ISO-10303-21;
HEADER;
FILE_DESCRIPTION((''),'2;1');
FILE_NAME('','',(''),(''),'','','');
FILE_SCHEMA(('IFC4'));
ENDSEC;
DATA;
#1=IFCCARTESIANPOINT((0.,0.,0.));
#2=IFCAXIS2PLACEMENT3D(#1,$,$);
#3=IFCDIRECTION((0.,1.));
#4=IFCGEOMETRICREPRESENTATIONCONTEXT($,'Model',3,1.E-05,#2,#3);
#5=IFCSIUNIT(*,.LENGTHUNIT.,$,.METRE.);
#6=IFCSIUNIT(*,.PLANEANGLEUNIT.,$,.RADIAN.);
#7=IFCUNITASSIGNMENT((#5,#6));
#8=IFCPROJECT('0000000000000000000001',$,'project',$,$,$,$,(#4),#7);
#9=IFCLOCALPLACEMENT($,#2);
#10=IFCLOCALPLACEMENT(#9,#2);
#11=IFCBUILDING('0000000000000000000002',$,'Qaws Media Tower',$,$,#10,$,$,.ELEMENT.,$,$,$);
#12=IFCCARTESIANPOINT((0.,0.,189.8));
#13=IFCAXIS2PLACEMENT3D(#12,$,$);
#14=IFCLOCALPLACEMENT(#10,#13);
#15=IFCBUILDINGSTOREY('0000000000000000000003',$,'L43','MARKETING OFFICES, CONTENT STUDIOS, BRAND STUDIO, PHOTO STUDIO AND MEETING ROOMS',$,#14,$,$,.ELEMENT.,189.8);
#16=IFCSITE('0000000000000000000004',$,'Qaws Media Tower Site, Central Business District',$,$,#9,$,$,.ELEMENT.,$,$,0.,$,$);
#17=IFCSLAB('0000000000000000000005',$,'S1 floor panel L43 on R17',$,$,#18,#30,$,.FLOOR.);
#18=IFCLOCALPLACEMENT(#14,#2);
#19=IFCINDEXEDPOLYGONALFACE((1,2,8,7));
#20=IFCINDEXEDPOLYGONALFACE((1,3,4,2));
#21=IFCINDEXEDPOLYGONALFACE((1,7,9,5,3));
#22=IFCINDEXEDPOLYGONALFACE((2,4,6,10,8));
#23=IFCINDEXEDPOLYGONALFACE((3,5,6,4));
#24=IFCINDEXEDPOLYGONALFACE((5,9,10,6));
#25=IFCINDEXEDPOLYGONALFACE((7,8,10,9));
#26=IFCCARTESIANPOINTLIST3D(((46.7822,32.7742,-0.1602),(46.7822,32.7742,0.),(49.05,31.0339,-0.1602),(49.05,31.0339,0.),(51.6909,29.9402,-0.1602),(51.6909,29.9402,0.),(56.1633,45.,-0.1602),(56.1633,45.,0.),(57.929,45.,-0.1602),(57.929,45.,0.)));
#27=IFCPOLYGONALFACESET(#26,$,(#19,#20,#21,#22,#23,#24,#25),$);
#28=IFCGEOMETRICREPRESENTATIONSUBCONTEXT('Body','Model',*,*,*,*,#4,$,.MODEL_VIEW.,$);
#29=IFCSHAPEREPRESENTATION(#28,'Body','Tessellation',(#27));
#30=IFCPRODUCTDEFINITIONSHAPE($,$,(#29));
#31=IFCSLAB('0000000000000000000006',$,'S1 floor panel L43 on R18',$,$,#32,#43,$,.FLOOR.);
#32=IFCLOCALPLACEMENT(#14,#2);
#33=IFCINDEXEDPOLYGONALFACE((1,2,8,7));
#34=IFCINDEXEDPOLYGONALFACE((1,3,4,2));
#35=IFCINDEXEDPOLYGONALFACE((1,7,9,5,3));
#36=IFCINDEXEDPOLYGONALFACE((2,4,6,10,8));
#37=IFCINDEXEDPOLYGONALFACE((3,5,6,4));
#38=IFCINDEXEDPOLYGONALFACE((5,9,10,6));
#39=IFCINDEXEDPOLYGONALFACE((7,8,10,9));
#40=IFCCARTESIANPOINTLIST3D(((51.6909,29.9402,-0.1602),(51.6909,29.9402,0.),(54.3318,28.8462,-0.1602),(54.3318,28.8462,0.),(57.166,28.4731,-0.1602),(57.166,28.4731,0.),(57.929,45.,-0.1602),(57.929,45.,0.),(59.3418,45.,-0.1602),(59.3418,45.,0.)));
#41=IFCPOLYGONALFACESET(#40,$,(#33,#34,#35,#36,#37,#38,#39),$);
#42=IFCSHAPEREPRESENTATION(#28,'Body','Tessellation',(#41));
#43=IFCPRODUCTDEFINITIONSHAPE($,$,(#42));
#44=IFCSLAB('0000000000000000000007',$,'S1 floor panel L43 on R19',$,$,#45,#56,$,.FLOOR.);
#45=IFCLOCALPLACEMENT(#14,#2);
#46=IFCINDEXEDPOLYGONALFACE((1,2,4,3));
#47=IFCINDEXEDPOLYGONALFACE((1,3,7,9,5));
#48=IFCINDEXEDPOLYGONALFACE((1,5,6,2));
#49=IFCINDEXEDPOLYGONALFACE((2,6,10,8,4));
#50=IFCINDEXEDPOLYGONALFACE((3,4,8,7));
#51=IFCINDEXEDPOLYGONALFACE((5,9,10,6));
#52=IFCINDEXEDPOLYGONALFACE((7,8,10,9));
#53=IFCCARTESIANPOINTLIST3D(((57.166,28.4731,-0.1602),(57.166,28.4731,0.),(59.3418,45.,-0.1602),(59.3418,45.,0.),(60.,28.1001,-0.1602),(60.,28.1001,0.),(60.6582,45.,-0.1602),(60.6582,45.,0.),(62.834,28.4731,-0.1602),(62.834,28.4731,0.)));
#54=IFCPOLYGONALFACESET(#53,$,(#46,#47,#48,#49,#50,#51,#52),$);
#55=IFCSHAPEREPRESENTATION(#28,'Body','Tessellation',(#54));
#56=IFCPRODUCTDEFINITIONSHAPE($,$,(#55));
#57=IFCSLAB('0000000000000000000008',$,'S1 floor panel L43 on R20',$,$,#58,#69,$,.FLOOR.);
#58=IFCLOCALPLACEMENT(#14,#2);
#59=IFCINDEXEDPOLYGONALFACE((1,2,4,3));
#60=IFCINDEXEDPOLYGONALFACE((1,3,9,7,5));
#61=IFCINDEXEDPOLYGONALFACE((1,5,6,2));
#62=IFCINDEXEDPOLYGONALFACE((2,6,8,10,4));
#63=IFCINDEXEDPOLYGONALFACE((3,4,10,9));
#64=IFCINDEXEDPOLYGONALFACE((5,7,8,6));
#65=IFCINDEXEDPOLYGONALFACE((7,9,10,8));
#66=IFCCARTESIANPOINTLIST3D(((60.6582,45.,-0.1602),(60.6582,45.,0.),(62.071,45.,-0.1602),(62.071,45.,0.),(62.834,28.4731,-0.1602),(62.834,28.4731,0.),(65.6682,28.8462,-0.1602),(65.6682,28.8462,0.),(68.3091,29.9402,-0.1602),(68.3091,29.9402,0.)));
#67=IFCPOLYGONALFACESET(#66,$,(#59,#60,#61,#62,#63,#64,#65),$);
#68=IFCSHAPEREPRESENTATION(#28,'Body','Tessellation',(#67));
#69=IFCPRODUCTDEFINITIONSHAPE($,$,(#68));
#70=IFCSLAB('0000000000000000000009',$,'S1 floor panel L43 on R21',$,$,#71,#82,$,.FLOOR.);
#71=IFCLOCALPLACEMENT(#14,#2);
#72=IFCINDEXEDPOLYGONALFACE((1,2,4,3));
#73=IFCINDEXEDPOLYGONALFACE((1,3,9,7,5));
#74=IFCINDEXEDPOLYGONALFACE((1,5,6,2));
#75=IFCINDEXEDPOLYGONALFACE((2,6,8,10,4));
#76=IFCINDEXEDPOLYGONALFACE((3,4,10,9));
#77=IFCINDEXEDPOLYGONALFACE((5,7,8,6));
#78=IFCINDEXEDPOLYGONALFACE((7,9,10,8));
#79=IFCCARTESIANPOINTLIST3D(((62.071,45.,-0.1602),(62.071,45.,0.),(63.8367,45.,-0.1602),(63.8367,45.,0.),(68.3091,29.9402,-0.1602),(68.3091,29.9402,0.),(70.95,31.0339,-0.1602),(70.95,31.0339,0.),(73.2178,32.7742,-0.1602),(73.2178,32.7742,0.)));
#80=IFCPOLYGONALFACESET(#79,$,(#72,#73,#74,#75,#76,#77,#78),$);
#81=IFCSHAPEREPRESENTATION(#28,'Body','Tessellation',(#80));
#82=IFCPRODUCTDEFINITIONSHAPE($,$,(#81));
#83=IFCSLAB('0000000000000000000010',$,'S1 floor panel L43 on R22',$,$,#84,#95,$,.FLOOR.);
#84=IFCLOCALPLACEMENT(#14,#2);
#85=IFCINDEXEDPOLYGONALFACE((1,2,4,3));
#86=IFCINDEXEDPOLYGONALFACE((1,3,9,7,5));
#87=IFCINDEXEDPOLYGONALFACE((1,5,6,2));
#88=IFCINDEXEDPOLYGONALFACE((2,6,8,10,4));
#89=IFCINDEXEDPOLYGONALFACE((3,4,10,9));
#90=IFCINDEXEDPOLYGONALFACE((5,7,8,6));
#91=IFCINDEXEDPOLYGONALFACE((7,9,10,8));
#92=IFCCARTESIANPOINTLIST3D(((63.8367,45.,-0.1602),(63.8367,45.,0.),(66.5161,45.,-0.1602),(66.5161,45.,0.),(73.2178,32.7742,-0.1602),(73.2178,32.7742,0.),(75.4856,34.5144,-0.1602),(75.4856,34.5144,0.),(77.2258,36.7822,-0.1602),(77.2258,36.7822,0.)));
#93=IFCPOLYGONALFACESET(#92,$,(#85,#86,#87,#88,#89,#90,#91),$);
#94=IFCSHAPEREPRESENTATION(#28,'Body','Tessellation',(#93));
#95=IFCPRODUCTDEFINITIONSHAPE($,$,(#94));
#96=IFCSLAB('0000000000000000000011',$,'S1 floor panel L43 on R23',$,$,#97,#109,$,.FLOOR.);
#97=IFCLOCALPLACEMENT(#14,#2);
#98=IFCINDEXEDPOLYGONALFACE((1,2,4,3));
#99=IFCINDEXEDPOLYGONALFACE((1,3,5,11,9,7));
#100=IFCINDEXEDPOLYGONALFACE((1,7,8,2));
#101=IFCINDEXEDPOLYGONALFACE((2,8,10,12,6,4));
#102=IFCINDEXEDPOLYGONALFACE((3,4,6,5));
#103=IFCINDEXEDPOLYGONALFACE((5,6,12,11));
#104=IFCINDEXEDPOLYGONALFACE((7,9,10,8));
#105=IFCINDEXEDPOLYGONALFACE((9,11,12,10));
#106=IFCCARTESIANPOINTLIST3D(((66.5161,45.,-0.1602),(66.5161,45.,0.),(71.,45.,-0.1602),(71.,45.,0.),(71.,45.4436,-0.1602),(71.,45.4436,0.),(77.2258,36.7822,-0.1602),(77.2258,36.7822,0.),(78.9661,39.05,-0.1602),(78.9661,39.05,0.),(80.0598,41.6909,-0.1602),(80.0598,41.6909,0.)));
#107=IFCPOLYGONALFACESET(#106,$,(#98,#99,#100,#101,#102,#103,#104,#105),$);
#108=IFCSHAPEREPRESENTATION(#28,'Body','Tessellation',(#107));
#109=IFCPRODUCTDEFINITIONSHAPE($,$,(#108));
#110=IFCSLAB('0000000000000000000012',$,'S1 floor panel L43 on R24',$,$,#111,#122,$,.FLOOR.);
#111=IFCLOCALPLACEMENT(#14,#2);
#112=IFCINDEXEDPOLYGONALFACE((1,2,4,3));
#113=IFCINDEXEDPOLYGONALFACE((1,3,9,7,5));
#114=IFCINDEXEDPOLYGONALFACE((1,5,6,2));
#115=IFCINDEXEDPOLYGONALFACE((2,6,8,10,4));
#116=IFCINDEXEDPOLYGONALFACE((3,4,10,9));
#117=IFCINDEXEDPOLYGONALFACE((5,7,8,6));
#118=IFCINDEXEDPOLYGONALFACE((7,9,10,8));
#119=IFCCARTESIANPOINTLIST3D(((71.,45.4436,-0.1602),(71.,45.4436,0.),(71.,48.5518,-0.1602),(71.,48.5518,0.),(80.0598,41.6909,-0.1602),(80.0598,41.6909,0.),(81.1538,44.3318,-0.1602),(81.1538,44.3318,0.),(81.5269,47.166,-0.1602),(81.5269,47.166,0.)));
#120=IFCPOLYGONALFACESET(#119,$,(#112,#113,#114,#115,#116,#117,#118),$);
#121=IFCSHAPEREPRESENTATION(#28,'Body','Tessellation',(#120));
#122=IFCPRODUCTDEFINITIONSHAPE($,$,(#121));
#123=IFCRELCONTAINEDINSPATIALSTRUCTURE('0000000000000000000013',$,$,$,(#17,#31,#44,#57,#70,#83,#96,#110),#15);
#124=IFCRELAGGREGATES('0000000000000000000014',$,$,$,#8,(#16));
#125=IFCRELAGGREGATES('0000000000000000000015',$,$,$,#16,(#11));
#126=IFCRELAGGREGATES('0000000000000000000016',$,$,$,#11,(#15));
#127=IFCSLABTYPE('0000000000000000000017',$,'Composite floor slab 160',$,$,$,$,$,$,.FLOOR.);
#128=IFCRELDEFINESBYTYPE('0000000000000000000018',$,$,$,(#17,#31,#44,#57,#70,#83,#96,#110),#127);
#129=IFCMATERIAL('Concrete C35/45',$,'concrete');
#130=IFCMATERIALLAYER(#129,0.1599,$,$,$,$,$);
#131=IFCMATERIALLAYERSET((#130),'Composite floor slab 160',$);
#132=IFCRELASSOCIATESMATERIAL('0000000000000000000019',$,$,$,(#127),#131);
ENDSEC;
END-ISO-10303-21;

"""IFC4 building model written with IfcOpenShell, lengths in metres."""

from ifc_helpers import new_model, si_unit, direction, frame, origin, place, context, subcontext, project, spatial, polyline, outline, extrude, material, layer, layer_set, type_object, element, save


model = new_model("IFC4")

# Units and contexts
model_context = context("Model", 3, precision=1e-05, world=origin(), true_north=direction((0.0, 1.0)))
body_context = subcontext(model_context, "Body", "Model", "MODEL_VIEW")
ifc_project = project(units=[si_unit("LENGTHUNIT", "METRE"), si_unit("PLANEANGLEUNIT", "RADIAN")], contexts=[model_context])

# Site, building, storey
site_placement = place(None, origin())
site = spatial("IfcSite", under=ifc_project, at=site_placement, Name="Qaws Media Tower Site, Central Business District", CompositionType="ELEMENT", RefElevation=0.0)
building_placement = place(site_placement, origin())
building = spatial("IfcBuilding", under=site, at=building_placement, Name="Qaws Media Tower", CompositionType="ELEMENT")
storey_placement = place(building_placement, frame((0.0, 0.0, 189.8)))
storey = spatial("IfcBuildingStorey", under=building, at=storey_placement, Name="L43", Description="MARKETING OFFICES, CONTENT STUDIOS, BRAND STUDIO, PHOTO STUDIO AND MEETING ROOMS", CompositionType="ELEMENT", Elevation=189.8)

# Slabs
ifc_material_1 = material(Name="Concrete C35/45", Category="concrete")
ifc_layer_1 = layer(ifc_material_1, 0.1599)
ifc_layer_set_1 = layer_set([ifc_layer_1], Name="Composite floor slab 160")
slab_type_1 = type_object("IfcSlabType", Name="Composite floor slab 160", PredefinedType="FLOOR", material=ifc_layer_set_1)
slab_1_placement = place(storey_placement, frame((0.0, 0.0, -0.1602)))
element("IfcSlab", 1, at=slab_1_placement, inside=storey, type_object=slab_type_1, Name="S1 floor panel L43 on R17", PredefinedType="FLOOR", context=body_context, shape_type="SweptSolid", body=[
    extrude(outline(polyline([(49.05, 31.0339), (46.7822, 32.7742), (56.1633, 45.0), (57.929, 45.0), (51.6909, 29.9402), (49.05, 31.0339)])), origin(), (0.0, 0.0, 1.0), 0.1602),
])
slab_2_placement = place(storey_placement, frame((0.0, 0.0, -0.1602)))
element("IfcSlab", 2, at=slab_2_placement, inside=storey, type_object=slab_type_1, Name="S1 floor panel L43 on R18", PredefinedType="FLOOR", context=body_context, shape_type="SweptSolid", body=[
    extrude(outline(polyline([(54.3318, 28.8462), (51.6909, 29.9402), (57.929, 45.0), (59.3418, 45.0), (57.166, 28.4731), (54.3318, 28.8462)])), origin(), (0.0, 0.0, 1.0), 0.1602),
])
slab_3_placement = place(storey_placement, frame((0.0, 0.0, -0.1602)))
element("IfcSlab", 3, at=slab_3_placement, inside=storey, type_object=slab_type_1, Name="S1 floor panel L43 on R19", PredefinedType="FLOOR", context=body_context, shape_type="SweptSolid", body=[
    extrude(outline(polyline([(60.0, 28.1001), (57.166, 28.4731), (59.3418, 45.0), (60.6582, 45.0), (62.834, 28.4731), (60.0, 28.1001)])), origin(), (0.0, 0.0, 1.0), 0.1602),
])
slab_4_placement = place(storey_placement, frame((0.0, 0.0, -0.1602)))
element("IfcSlab", 4, at=slab_4_placement, inside=storey, type_object=slab_type_1, Name="S1 floor panel L43 on R20", PredefinedType="FLOOR", context=body_context, shape_type="SweptSolid", body=[
    extrude(outline(polyline([(65.6682, 28.8462), (62.834, 28.4731), (60.6582, 45.0), (62.071, 45.0), (68.3091, 29.9402), (65.6682, 28.8462)])), origin(), (0.0, 0.0, 1.0), 0.1602),
])
slab_5_placement = place(storey_placement, frame((0.0, 0.0, -0.1602)))
element("IfcSlab", 5, at=slab_5_placement, inside=storey, type_object=slab_type_1, Name="S1 floor panel L43 on R21", PredefinedType="FLOOR", context=body_context, shape_type="SweptSolid", body=[
    extrude(outline(polyline([(70.95, 31.0339), (68.3091, 29.9402), (62.071, 45.0), (63.8367, 45.0), (73.2178, 32.7742), (70.95, 31.0339)])), origin(), (0.0, 0.0, 1.0), 0.1602),
])
slab_6_placement = place(storey_placement, frame((0.0, 0.0, -0.1602)))
element("IfcSlab", 6, at=slab_6_placement, inside=storey, type_object=slab_type_1, Name="S1 floor panel L43 on R22", PredefinedType="FLOOR", context=body_context, shape_type="SweptSolid", body=[
    extrude(outline(polyline([(75.4856, 34.5144), (73.2178, 32.7742), (63.8367, 45.0), (66.5161, 45.0), (77.2258, 36.7822), (75.4856, 34.5144)])), origin(), (0.0, 0.0, 1.0), 0.1602),
])
slab_7_placement = place(storey_placement, frame((0.0, 0.0, -0.1602)))
element("IfcSlab", 7, at=slab_7_placement, inside=storey, type_object=slab_type_1, Name="S1 floor panel L43 on R23", PredefinedType="FLOOR", context=body_context, shape_type="SweptSolid", body=[
    extrude(outline(polyline([(78.9661, 39.05), (77.2258, 36.7822), (66.5161, 45.0), (71.0, 45.0), (71.0, 45.4436), (80.0598, 41.6909), (78.9661, 39.05)])), origin(), (0.0, 0.0, 1.0), 0.1602),
])
slab_8_placement = place(storey_placement, frame((0.0, 0.0, -0.1602)))
element("IfcSlab", 8, at=slab_8_placement, inside=storey, type_object=slab_type_1, Name="S1 floor panel L43 on R24", PredefinedType="FLOOR", context=body_context, shape_type="SweptSolid", body=[
    extrude(outline(polyline([(80.0598, 41.6909), (71.0, 45.4436), (71.0, 48.5518), (81.5269, 47.166), (81.1538, 44.3318), (80.0598, 41.6909)])), origin(), (0.0, 0.0, 1.0), 0.1602),
])

save(model, "model.ifc")
